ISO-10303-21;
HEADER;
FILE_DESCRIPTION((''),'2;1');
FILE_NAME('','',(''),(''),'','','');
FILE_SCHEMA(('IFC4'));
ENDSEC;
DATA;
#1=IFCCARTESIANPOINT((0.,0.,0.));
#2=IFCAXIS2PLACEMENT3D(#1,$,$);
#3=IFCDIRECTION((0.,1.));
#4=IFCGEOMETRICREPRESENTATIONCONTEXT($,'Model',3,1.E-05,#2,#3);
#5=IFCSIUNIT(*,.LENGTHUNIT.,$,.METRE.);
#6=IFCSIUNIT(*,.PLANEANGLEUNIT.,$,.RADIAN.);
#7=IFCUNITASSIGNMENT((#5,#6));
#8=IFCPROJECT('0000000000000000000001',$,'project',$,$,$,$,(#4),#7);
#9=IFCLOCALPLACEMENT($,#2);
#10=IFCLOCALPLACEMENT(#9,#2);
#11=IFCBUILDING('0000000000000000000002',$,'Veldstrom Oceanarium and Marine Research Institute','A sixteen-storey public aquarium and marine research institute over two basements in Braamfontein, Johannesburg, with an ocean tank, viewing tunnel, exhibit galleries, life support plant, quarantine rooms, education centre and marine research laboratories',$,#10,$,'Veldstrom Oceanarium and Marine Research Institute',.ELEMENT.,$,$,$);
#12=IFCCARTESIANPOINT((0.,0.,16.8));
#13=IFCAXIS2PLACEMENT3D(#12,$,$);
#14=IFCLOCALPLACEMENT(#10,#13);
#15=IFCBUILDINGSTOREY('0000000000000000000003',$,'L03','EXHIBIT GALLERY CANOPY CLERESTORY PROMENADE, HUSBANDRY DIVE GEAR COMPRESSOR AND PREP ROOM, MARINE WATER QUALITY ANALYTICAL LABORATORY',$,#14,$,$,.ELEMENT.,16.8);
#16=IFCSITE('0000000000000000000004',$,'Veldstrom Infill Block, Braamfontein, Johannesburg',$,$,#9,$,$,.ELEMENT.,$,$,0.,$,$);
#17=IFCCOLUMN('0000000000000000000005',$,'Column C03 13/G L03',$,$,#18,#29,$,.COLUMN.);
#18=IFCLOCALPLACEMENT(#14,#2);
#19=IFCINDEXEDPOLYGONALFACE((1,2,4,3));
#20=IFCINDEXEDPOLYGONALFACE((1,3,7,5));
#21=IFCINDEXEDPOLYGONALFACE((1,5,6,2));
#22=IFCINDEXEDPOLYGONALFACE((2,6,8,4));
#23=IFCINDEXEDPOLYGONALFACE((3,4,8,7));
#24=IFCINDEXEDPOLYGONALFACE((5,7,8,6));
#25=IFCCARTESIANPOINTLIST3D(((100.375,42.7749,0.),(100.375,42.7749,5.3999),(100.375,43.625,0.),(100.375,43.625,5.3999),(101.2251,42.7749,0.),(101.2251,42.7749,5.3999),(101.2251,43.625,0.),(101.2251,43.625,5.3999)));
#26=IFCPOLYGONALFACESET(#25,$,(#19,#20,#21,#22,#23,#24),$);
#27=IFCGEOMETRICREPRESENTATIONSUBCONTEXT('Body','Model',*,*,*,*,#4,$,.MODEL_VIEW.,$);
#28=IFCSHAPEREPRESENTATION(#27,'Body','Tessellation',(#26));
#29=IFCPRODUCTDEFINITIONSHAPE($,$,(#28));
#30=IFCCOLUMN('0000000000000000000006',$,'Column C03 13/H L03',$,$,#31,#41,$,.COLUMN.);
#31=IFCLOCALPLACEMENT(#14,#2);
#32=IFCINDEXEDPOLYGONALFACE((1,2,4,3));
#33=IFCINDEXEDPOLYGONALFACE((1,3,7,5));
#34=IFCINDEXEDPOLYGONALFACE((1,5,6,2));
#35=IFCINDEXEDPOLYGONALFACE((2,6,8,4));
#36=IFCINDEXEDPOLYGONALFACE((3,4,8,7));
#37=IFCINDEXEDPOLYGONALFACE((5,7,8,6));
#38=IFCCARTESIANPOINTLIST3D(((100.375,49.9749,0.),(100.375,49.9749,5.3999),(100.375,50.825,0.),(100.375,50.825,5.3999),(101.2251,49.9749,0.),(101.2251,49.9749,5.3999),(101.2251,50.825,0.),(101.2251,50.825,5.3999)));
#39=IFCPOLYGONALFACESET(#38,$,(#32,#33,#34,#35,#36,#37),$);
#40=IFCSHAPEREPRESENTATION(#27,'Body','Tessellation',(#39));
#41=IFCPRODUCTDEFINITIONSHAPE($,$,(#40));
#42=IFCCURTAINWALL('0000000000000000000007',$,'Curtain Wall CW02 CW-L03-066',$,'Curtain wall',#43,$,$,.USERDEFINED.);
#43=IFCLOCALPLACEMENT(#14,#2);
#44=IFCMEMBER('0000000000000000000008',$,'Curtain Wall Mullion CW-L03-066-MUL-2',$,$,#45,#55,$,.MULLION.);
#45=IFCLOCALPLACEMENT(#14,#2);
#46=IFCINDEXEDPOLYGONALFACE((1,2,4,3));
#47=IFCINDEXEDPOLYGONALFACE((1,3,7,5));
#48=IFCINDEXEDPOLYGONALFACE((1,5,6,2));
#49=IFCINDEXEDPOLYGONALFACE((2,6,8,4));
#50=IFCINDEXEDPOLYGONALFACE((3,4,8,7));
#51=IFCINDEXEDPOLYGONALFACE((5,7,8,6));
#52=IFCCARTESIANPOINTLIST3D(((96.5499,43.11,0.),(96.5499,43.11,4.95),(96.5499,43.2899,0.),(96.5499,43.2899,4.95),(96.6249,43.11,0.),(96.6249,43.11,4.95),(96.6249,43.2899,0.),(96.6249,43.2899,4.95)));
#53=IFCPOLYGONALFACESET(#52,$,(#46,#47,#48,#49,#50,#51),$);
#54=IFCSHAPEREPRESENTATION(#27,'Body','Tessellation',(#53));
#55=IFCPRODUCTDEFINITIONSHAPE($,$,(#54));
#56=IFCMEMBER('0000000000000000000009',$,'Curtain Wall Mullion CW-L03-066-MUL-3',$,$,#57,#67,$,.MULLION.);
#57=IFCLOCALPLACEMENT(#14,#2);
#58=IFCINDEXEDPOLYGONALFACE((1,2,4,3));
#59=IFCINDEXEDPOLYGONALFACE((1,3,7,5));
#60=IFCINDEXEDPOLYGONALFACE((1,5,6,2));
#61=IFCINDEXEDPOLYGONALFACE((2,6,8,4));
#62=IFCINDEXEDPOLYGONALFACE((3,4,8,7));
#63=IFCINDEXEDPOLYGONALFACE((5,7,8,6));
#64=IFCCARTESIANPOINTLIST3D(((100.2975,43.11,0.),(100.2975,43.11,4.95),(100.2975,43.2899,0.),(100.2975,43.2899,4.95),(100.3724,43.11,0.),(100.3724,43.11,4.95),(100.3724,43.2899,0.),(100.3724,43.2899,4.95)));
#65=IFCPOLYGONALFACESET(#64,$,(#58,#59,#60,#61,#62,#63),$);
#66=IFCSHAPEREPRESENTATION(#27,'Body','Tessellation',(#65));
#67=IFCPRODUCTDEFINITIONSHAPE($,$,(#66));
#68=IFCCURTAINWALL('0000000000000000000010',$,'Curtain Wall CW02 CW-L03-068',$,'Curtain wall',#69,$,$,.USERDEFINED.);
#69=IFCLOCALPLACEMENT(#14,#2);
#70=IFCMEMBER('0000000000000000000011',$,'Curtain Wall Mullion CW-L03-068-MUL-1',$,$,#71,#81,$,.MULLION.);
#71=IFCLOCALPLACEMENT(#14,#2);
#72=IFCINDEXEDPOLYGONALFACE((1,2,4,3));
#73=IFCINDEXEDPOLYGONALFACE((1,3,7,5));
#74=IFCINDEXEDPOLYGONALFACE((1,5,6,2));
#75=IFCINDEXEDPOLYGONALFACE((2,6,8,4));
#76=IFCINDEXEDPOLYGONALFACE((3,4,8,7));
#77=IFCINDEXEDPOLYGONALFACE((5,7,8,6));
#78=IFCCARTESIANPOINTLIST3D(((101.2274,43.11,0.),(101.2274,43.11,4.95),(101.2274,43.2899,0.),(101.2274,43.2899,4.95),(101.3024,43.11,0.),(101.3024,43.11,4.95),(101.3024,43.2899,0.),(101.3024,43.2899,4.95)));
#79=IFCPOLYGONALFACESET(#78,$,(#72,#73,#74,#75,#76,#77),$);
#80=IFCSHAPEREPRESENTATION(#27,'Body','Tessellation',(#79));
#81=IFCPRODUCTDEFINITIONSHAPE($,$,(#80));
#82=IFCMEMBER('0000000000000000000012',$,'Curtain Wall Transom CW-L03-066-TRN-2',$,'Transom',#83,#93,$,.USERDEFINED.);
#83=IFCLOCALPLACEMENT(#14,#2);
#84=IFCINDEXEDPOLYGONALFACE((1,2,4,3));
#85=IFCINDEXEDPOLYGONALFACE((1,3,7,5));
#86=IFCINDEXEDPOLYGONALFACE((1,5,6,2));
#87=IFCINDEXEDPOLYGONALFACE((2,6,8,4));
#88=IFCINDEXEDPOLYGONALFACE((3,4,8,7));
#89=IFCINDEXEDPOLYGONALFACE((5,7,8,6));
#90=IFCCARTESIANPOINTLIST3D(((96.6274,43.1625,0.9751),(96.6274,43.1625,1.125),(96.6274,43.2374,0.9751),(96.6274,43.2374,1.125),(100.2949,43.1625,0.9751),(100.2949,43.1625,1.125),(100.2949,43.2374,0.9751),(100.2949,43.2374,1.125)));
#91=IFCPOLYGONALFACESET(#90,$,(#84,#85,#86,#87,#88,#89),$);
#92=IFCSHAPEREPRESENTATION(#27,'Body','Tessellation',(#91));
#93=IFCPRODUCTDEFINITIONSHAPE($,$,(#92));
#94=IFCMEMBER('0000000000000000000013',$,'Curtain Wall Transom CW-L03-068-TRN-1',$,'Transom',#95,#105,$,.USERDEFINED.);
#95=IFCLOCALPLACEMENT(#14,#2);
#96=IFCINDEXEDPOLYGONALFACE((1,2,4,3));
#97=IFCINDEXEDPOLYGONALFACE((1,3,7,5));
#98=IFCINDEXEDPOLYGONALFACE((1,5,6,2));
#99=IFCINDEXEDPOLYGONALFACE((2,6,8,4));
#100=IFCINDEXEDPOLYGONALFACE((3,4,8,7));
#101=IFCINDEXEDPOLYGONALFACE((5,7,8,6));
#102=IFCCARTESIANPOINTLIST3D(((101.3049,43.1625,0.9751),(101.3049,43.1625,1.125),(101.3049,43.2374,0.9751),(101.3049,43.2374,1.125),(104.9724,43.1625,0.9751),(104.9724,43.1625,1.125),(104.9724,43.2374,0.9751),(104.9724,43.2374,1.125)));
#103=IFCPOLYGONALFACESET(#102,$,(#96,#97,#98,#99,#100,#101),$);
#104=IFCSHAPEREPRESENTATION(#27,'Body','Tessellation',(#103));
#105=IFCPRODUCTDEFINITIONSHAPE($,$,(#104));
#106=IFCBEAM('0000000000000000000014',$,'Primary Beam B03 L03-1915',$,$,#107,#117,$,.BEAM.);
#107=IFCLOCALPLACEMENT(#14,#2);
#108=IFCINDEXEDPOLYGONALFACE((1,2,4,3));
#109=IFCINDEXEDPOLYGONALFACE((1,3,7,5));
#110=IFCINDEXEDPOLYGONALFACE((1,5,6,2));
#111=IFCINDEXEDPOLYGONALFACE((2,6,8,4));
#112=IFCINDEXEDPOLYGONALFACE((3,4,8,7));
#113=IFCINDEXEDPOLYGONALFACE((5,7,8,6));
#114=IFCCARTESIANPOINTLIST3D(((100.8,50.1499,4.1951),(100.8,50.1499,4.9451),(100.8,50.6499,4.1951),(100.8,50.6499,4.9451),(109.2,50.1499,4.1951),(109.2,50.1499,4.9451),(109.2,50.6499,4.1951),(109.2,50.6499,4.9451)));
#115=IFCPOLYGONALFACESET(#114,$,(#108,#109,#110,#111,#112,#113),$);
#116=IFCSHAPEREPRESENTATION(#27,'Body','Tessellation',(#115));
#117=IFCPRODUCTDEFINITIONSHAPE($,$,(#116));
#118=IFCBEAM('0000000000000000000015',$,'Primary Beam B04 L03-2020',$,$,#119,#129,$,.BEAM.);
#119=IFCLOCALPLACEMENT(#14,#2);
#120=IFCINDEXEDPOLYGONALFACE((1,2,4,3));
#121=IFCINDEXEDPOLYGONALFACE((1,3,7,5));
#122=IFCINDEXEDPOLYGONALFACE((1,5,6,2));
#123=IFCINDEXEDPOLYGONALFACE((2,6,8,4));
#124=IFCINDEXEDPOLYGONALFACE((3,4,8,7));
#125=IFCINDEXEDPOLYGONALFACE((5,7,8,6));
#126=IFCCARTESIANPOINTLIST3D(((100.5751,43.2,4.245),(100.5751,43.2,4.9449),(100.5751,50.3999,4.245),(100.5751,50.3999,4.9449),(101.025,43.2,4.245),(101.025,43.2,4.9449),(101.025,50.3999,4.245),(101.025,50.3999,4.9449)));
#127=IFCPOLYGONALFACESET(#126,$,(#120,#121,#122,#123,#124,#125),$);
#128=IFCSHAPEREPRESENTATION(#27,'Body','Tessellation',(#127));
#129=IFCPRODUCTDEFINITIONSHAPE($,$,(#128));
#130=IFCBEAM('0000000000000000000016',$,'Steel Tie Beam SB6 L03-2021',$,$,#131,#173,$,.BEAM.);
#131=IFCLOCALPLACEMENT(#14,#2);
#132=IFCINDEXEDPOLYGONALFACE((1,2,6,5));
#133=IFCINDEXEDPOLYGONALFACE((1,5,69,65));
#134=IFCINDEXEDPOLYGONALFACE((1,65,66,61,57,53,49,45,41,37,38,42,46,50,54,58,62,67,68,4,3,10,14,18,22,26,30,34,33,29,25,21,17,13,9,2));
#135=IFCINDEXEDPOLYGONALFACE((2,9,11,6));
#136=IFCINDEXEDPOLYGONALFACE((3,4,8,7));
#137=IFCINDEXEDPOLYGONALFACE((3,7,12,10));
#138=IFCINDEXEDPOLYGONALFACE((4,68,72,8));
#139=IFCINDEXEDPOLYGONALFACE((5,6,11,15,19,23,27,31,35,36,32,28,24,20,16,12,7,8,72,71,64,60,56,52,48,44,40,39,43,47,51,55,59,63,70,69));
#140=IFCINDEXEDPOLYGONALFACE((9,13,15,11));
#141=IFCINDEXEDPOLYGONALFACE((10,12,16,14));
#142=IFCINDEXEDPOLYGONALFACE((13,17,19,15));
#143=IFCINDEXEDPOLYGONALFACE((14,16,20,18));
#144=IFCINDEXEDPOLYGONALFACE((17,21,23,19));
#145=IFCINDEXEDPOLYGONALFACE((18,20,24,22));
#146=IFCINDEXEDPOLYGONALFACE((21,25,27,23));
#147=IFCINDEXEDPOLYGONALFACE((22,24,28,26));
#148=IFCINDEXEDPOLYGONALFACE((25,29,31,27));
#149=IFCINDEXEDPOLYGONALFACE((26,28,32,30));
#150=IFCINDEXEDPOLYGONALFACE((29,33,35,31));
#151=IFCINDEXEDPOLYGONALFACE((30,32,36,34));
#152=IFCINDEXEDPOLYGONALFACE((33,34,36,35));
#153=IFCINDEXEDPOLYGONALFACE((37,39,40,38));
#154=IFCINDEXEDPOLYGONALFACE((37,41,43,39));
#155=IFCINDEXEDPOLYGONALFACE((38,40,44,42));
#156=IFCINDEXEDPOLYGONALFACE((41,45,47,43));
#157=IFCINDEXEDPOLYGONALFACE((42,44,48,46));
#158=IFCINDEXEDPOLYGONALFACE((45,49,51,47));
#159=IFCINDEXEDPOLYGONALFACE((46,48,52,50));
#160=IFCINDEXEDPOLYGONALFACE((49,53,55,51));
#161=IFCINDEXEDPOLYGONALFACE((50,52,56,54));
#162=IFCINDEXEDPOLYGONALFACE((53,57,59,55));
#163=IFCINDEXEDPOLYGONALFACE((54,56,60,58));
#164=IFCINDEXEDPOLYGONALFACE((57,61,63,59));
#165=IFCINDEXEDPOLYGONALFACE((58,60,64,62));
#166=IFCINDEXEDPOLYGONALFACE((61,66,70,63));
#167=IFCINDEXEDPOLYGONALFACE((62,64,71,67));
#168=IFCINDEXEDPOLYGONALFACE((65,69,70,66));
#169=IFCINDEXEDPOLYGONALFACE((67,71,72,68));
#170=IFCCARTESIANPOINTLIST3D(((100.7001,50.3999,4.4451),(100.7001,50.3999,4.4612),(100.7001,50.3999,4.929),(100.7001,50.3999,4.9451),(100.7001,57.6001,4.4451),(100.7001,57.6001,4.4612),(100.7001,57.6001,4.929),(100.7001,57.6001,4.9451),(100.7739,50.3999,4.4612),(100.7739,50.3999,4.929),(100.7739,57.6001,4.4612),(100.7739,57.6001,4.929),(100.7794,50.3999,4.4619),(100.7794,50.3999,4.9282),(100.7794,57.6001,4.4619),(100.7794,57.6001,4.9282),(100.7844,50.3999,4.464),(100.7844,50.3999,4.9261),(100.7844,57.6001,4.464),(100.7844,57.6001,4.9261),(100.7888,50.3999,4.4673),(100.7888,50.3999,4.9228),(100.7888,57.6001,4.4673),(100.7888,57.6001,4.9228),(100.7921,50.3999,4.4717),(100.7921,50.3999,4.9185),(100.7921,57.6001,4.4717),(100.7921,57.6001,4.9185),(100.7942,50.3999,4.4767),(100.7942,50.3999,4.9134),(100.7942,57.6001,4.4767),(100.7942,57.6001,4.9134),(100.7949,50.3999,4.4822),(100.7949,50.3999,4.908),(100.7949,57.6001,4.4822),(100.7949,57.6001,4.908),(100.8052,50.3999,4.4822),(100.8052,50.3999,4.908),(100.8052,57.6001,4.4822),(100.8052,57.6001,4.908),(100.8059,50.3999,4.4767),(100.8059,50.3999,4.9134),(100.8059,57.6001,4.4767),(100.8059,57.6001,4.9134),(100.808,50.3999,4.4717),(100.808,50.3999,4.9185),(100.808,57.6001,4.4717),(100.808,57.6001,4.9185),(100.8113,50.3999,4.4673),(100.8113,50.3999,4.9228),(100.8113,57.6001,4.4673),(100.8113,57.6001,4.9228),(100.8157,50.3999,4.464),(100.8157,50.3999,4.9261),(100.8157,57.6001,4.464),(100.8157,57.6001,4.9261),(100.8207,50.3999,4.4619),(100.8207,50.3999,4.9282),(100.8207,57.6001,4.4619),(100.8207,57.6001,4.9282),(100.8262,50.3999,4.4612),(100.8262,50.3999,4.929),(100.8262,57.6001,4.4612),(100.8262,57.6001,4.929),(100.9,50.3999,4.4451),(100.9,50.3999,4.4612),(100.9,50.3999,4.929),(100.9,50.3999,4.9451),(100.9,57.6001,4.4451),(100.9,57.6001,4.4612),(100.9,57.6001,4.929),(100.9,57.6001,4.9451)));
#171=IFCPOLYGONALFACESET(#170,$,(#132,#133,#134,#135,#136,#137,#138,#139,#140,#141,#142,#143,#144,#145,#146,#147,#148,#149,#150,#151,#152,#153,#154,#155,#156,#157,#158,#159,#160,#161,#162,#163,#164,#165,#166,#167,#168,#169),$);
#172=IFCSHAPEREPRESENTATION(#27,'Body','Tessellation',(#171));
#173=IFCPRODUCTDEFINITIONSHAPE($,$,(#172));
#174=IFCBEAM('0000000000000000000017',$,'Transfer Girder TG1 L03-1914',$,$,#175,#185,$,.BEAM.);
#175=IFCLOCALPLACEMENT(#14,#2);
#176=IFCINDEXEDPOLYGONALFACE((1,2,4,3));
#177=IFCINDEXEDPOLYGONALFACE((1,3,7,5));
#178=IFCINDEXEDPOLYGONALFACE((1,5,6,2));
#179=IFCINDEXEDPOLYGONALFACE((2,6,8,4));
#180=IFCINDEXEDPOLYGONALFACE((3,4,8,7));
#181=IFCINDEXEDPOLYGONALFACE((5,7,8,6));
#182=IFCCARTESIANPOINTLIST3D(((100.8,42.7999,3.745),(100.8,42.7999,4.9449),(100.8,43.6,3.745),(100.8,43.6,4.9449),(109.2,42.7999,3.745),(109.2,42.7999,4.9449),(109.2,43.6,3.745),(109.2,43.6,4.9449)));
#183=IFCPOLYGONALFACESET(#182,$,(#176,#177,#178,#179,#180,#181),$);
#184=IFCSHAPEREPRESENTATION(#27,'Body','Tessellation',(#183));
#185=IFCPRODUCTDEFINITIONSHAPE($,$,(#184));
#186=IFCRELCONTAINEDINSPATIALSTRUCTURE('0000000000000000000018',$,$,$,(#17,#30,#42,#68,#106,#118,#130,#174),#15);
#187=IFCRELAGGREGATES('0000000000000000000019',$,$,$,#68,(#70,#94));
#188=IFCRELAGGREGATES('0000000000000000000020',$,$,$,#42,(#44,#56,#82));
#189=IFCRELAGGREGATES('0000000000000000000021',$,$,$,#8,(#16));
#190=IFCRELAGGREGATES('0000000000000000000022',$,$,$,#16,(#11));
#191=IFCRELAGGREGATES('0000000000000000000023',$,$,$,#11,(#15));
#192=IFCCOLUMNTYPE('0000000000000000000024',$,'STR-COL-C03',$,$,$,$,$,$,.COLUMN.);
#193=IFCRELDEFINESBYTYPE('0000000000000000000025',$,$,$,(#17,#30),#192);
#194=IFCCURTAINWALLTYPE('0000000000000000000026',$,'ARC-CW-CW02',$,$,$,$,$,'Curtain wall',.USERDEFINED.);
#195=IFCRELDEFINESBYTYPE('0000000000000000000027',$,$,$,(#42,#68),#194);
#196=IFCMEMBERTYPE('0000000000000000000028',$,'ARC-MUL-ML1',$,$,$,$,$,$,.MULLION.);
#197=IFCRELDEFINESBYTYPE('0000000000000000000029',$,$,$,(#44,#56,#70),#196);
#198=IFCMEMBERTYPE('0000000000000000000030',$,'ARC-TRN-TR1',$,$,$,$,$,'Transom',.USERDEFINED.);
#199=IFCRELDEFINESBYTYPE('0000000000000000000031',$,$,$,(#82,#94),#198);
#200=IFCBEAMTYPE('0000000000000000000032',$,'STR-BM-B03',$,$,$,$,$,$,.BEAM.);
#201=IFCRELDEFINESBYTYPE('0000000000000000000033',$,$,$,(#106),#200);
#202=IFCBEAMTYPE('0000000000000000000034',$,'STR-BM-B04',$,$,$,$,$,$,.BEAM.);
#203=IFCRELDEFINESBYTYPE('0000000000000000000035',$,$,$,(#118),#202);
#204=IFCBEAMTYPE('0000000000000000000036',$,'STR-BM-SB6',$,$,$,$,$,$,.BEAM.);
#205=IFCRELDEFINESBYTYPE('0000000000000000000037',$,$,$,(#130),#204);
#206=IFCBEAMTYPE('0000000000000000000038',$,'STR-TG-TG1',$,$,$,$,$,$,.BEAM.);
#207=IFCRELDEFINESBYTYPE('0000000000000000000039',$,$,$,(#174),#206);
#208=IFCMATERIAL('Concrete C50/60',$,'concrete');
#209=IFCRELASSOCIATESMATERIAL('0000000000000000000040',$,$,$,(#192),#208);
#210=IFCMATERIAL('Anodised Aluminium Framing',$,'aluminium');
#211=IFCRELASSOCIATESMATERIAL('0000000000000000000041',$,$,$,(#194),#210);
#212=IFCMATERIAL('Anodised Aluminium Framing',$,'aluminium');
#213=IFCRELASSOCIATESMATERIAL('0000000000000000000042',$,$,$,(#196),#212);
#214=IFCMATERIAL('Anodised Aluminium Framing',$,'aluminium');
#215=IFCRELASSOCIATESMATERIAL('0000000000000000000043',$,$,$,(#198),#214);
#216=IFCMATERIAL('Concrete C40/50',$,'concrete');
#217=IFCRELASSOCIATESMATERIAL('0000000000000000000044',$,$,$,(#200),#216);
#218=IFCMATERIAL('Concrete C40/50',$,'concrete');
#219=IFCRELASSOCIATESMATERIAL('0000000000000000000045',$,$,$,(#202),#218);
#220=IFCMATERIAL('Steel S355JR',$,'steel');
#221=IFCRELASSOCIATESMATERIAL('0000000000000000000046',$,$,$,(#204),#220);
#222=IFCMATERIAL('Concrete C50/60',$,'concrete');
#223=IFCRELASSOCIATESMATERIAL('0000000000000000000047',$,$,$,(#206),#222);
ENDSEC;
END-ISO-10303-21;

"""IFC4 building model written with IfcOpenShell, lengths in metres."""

from ifc_helpers import new_model, si_unit, direction, frame, origin, origin_2d, place, context, subcontext, project, spatial, rectangle, i_section, extrude, material, material_profile, profile_set, type_object, element, aggregate, save


model = new_model("IFC4")

# Units and contexts
model_context = context("Model", 3, precision=1e-05, world=origin(), true_north=direction((0.0, 1.0)))
body_context = subcontext(model_context, "Body", "Model", "MODEL_VIEW")
ifc_project = project(units=[si_unit("LENGTHUNIT", "METRE"), si_unit("PLANEANGLEUNIT", "RADIAN")], contexts=[model_context])

# Site, building, storey
site_placement = place(None, origin())
site = spatial("IfcSite", under=ifc_project, at=site_placement, Name="Veldstrom Infill Block, Braamfontein, Johannesburg", CompositionType="ELEMENT", RefElevation=0.0)
building_placement = place(site_placement, origin())
building = spatial("IfcBuilding", under=site, at=building_placement, Name="Veldstrom Oceanarium and Marine Research Institute", Description="A sixteen-storey public aquarium and marine research institute over two basements in Braamfontein, Johannesburg, with an ocean tank, viewing tunnel, exhibit galleries, life support plant, quarantine rooms, education centre and marine research laboratories", LongName="Veldstrom Oceanarium and Marine Research Institute", CompositionType="ELEMENT")
storey_placement = place(building_placement, frame((0.0, 0.0, 16.8)))
storey = spatial("IfcBuildingStorey", under=building, at=storey_placement, Name="L03", Description="EXHIBIT GALLERY CANOPY CLERESTORY PROMENADE, HUSBANDRY DIVE GEAR COMPRESSOR AND PREP ROOM, MARINE WATER QUALITY ANALYTICAL LABORATORY", CompositionType="ELEMENT", Elevation=16.8)

# Columns
ifc_material_1 = material(Name="Concrete C50/60", Category="concrete")
ifc_material_profile_1 = material_profile(ifc_material_1, rectangle(XDim=0.8501, YDim=0.8501, at=origin_2d()), Name="RC-COL-850x850")
ifc_profile_set_1 = profile_set([ifc_material_profile_1], Name="Concrete C50/60")
column_type = type_object("IfcColumnType", Name="STR-COL-C03", PredefinedType="COLUMN", material=ifc_profile_set_1)
for number, where, z_axis, x_axis, name in (
    (1, (100.8, 43.2, 0.0), (0.0, 0.0, 1.0), (1.0, 0.0, 0.0), "Column C03 13/G L03"),
    (2, (100.8, 50.3999, 0.0), (0.0, 0.0, 1.0), (1.0, 0.0, 0.0), "Column C03 13/H L03"),
):
    element("IfcColumn", number, at=place(storey_placement, frame(where, z_axis=z_axis, x_axis=x_axis)), inside=storey, type_object=column_type, Name=name, PredefinedType="COLUMN", context=body_context, shape_type="SweptSolid", body=[
        extrude(rectangle(XDim=0.8501, YDim=0.8501, at=origin_2d()), origin(), (0.0, 0.0, 1.0), 5.3999),
    ])

# Curtain wall, members
ifc_material_2 = material(Name="Anodised Aluminium Framing", Category="aluminium")
curtain_wall_type = type_object("IfcCurtainWallType", Name="ARC-CW-CW02", ElementType="Curtain wall", PredefinedType="USERDEFINED", material=ifc_material_2)
curtain_wall_1_placement = place(storey_placement, origin())
curtain_wall_1 = element("IfcCurtainWall", 3, at=curtain_wall_1_placement, inside=storey, type_object=curtain_wall_type, Name="Curtain Wall CW02 CW-L03-066", ObjectType="Curtain wall", PredefinedType="USERDEFINED")
ifc_material_3 = material(Name="Anodised Aluminium Framing", Category="aluminium")
ifc_material_profile_2 = material_profile(ifc_material_3, rectangle(XDim=0.075, YDim=0.1799, at=origin_2d()), Name="ALU-MUL-75x180")
ifc_profile_set_2 = profile_set([ifc_material_profile_2], Name="Anodised Aluminium Framing")
member_type_1 = type_object("IfcMemberType", Name="ARC-MUL-ML1", PredefinedType="MULLION", material=ifc_profile_set_2)
member_1_placement = place(storey_placement, frame((96.5874, 43.2, 0.0), z_axis=(0.0, 0.0, 1.0), x_axis=(1.0, 0.0, 0.0)))
member_1 = element("IfcMember", 4, at=member_1_placement, type_object=member_type_1, Name="Curtain Wall Mullion CW-L03-066-MUL-2", PredefinedType="MULLION", context=body_context, shape_type="SweptSolid", body=[
    extrude(rectangle(XDim=0.075, YDim=0.1799, at=origin_2d()), origin(), (0.0, 0.0, 1.0), 4.95),
])
member_2_placement = place(storey_placement, frame((100.335, 43.2, 0.0), z_axis=(0.0, 0.0, 1.0), x_axis=(1.0, 0.0, 0.0)))
member_2 = element("IfcMember", 5, at=member_2_placement, type_object=member_type_1, Name="Curtain Wall Mullion CW-L03-066-MUL-3", PredefinedType="MULLION", context=body_context, shape_type="SweptSolid", body=[
    extrude(rectangle(XDim=0.075, YDim=0.1799, at=origin_2d()), origin(), (0.0, 0.0, 1.0), 4.95),
])

# Curtain wall, member
curtain_wall_2_placement = place(storey_placement, origin())
curtain_wall_2 = element("IfcCurtainWall", 6, at=curtain_wall_2_placement, inside=storey, type_object=curtain_wall_type, Name="Curtain Wall CW02 CW-L03-068", ObjectType="Curtain wall", PredefinedType="USERDEFINED")
member_3_placement = place(storey_placement, frame((101.2649, 43.2, 0.0), z_axis=(0.0, 0.0, 1.0), x_axis=(1.0, 0.0, 0.0)))
member_3 = element("IfcMember", 7, at=member_3_placement, type_object=member_type_1, Name="Curtain Wall Mullion CW-L03-068-MUL-1", PredefinedType="MULLION", context=body_context, shape_type="SweptSolid", body=[
    extrude(rectangle(XDim=0.075, YDim=0.1799, at=origin_2d()), origin(), (0.0, 0.0, 1.0), 4.95),
])

# Members
ifc_material_4 = material(Name="Anodised Aluminium Framing", Category="aluminium")
ifc_material_profile_3 = material_profile(ifc_material_4, rectangle(XDim=0.075, YDim=0.1499, at=origin_2d()), Name="ALU-TRN-75x150")
ifc_profile_set_3 = profile_set([ifc_material_profile_3], Name="Anodised Aluminium Framing")
member_type_2 = type_object("IfcMemberType", Name="ARC-TRN-TR1", ElementType="Transom", PredefinedType="USERDEFINED", material=ifc_profile_set_3)
member_4_placement = place(storey_placement, frame((96.6274, 43.2, 1.05), z_axis=(1.0, 0.0, 0.0), x_axis=(0.0, 1.0, 0.0)))
member_4 = element("IfcMember", 8, at=member_4_placement, type_object=member_type_2, Name="Curtain Wall Transom CW-L03-066-TRN-2", ObjectType="Transom", PredefinedType="USERDEFINED", context=body_context, shape_type="SweptSolid", body=[
    extrude(rectangle(XDim=0.075, YDim=0.1499, at=origin_2d()), origin(), (0.0, 0.0, 1.0), 3.6675),
])
member_5_placement = place(storey_placement, frame((101.3049, 43.2, 1.05), z_axis=(1.0, 0.0, 0.0), x_axis=(0.0, 1.0, 0.0)))
member_5 = element("IfcMember", 9, at=member_5_placement, type_object=member_type_2, Name="Curtain Wall Transom CW-L03-068-TRN-1", ObjectType="Transom", PredefinedType="USERDEFINED", context=body_context, shape_type="SweptSolid", body=[
    extrude(rectangle(XDim=0.075, YDim=0.1499, at=origin_2d()), origin(), (0.0, 0.0, 1.0), 3.6675),
])
aggregate(curtain_wall_2, [member_3, member_5])

# Beams
ifc_material_5 = material(Name="Concrete C40/50", Category="concrete")
ifc_material_profile_4 = material_profile(ifc_material_5, rectangle(XDim=0.5, YDim=0.75, at=origin_2d()), Name="RC-BM-500x750")
ifc_profile_set_4 = profile_set([ifc_material_profile_4], Name="Concrete C40/50")
beam_type_1 = type_object("IfcBeamType", Name="STR-BM-B03", PredefinedType="BEAM", material=ifc_profile_set_4)
beam_1_placement = place(storey_placement, frame((100.8, 50.3999, 4.5701), z_axis=(1.0, 0.0, 0.0), x_axis=(0.0, 1.0, 0.0)))
element("IfcBeam", 10, at=beam_1_placement, inside=storey, type_object=beam_type_1, Name="Primary Beam B03 L03-1915", PredefinedType="BEAM", context=body_context, shape_type="SweptSolid", body=[
    extrude(rectangle(XDim=0.5, YDim=0.75, at=origin_2d()), origin(), (0.0, 0.0, 1.0), 8.3999),
])
ifc_material_6 = material(Name="Concrete C40/50", Category="concrete")
ifc_material_profile_5 = material_profile(ifc_material_6, rectangle(XDim=0.45, YDim=0.7, at=origin_2d()), Name="RC-BM-450x700")
ifc_profile_set_5 = profile_set([ifc_material_profile_5], Name="Concrete C40/50")
beam_type_2 = type_object("IfcBeamType", Name="STR-BM-B04", PredefinedType="BEAM", material=ifc_profile_set_5)
beam_2_placement = place(storey_placement, frame((100.8, 43.2, 4.595), z_axis=(0.0, 1.0, 0.0), x_axis=(-1.0, 0.0, 0.0)))
element("IfcBeam", 11, at=beam_2_placement, inside=storey, type_object=beam_type_2, Name="Primary Beam B04 L03-2020", PredefinedType="BEAM", context=body_context, shape_type="SweptSolid", body=[
    extrude(rectangle(XDim=0.45, YDim=0.7, at=origin_2d()), origin(), (0.0, 0.0, 1.0), 7.2),
])
ifc_material_7 = material(Name="Steel S355JR", Category="steel")
ifc_material_profile_6 = material_profile(ifc_material_7, i_section(OverallWidth=0.2, OverallDepth=0.5, WebThickness=0.0103, FlangeThickness=0.0161, FilletRadius=0.021, at=origin_2d()), Name="IPE 500")
ifc_profile_set_6 = profile_set([ifc_material_profile_6], Name="Steel S355JR")
beam_type_3 = type_object("IfcBeamType", Name="STR-BM-SB6", PredefinedType="BEAM", material=ifc_profile_set_6)
beam_3_placement = place(storey_placement, frame((100.8, 50.3999, 4.6951), z_axis=(0.0, 1.0, 0.0), x_axis=(-1.0, 0.0, 0.0)))
element("IfcBeam", 12, at=beam_3_placement, inside=storey, type_object=beam_type_3, Name="Steel Tie Beam SB6 L03-2021", PredefinedType="BEAM", context=body_context, shape_type="SweptSolid", body=[
    extrude(i_section(OverallWidth=0.2, OverallDepth=0.5, WebThickness=0.0103, FlangeThickness=0.0161, FilletRadius=0.021, at=origin_2d()), origin(), (0.0, 0.0, 1.0), 7.2002),
])
ifc_material_8 = material(Name="Concrete C50/60", Category="concrete")
ifc_material_profile_7 = material_profile(ifc_material_8, rectangle(XDim=0.8, YDim=1.2, at=origin_2d()), Name="RC-TG-800x1200")
ifc_profile_set_7 = profile_set([ifc_material_profile_7], Name="Concrete C50/60")
beam_type_4 = type_object("IfcBeamType", Name="STR-TG-TG1", PredefinedType="BEAM", material=ifc_profile_set_7)
beam_4_placement = place(storey_placement, frame((100.8, 43.2, 4.345), z_axis=(1.0, 0.0, 0.0), x_axis=(0.0, 1.0, 0.0)))
element("IfcBeam", 13, at=beam_4_placement, inside=storey, type_object=beam_type_4, Name="Transfer Girder TG1 L03-1914", PredefinedType="BEAM", context=body_context, shape_type="SweptSolid", body=[
    extrude(rectangle(XDim=0.8, YDim=1.2, at=origin_2d()), origin(), (0.0, 0.0, 1.0), 8.3999),
])

aggregate(curtain_wall_1, [member_1, member_2, member_4])

save(model, "model.ifc")
